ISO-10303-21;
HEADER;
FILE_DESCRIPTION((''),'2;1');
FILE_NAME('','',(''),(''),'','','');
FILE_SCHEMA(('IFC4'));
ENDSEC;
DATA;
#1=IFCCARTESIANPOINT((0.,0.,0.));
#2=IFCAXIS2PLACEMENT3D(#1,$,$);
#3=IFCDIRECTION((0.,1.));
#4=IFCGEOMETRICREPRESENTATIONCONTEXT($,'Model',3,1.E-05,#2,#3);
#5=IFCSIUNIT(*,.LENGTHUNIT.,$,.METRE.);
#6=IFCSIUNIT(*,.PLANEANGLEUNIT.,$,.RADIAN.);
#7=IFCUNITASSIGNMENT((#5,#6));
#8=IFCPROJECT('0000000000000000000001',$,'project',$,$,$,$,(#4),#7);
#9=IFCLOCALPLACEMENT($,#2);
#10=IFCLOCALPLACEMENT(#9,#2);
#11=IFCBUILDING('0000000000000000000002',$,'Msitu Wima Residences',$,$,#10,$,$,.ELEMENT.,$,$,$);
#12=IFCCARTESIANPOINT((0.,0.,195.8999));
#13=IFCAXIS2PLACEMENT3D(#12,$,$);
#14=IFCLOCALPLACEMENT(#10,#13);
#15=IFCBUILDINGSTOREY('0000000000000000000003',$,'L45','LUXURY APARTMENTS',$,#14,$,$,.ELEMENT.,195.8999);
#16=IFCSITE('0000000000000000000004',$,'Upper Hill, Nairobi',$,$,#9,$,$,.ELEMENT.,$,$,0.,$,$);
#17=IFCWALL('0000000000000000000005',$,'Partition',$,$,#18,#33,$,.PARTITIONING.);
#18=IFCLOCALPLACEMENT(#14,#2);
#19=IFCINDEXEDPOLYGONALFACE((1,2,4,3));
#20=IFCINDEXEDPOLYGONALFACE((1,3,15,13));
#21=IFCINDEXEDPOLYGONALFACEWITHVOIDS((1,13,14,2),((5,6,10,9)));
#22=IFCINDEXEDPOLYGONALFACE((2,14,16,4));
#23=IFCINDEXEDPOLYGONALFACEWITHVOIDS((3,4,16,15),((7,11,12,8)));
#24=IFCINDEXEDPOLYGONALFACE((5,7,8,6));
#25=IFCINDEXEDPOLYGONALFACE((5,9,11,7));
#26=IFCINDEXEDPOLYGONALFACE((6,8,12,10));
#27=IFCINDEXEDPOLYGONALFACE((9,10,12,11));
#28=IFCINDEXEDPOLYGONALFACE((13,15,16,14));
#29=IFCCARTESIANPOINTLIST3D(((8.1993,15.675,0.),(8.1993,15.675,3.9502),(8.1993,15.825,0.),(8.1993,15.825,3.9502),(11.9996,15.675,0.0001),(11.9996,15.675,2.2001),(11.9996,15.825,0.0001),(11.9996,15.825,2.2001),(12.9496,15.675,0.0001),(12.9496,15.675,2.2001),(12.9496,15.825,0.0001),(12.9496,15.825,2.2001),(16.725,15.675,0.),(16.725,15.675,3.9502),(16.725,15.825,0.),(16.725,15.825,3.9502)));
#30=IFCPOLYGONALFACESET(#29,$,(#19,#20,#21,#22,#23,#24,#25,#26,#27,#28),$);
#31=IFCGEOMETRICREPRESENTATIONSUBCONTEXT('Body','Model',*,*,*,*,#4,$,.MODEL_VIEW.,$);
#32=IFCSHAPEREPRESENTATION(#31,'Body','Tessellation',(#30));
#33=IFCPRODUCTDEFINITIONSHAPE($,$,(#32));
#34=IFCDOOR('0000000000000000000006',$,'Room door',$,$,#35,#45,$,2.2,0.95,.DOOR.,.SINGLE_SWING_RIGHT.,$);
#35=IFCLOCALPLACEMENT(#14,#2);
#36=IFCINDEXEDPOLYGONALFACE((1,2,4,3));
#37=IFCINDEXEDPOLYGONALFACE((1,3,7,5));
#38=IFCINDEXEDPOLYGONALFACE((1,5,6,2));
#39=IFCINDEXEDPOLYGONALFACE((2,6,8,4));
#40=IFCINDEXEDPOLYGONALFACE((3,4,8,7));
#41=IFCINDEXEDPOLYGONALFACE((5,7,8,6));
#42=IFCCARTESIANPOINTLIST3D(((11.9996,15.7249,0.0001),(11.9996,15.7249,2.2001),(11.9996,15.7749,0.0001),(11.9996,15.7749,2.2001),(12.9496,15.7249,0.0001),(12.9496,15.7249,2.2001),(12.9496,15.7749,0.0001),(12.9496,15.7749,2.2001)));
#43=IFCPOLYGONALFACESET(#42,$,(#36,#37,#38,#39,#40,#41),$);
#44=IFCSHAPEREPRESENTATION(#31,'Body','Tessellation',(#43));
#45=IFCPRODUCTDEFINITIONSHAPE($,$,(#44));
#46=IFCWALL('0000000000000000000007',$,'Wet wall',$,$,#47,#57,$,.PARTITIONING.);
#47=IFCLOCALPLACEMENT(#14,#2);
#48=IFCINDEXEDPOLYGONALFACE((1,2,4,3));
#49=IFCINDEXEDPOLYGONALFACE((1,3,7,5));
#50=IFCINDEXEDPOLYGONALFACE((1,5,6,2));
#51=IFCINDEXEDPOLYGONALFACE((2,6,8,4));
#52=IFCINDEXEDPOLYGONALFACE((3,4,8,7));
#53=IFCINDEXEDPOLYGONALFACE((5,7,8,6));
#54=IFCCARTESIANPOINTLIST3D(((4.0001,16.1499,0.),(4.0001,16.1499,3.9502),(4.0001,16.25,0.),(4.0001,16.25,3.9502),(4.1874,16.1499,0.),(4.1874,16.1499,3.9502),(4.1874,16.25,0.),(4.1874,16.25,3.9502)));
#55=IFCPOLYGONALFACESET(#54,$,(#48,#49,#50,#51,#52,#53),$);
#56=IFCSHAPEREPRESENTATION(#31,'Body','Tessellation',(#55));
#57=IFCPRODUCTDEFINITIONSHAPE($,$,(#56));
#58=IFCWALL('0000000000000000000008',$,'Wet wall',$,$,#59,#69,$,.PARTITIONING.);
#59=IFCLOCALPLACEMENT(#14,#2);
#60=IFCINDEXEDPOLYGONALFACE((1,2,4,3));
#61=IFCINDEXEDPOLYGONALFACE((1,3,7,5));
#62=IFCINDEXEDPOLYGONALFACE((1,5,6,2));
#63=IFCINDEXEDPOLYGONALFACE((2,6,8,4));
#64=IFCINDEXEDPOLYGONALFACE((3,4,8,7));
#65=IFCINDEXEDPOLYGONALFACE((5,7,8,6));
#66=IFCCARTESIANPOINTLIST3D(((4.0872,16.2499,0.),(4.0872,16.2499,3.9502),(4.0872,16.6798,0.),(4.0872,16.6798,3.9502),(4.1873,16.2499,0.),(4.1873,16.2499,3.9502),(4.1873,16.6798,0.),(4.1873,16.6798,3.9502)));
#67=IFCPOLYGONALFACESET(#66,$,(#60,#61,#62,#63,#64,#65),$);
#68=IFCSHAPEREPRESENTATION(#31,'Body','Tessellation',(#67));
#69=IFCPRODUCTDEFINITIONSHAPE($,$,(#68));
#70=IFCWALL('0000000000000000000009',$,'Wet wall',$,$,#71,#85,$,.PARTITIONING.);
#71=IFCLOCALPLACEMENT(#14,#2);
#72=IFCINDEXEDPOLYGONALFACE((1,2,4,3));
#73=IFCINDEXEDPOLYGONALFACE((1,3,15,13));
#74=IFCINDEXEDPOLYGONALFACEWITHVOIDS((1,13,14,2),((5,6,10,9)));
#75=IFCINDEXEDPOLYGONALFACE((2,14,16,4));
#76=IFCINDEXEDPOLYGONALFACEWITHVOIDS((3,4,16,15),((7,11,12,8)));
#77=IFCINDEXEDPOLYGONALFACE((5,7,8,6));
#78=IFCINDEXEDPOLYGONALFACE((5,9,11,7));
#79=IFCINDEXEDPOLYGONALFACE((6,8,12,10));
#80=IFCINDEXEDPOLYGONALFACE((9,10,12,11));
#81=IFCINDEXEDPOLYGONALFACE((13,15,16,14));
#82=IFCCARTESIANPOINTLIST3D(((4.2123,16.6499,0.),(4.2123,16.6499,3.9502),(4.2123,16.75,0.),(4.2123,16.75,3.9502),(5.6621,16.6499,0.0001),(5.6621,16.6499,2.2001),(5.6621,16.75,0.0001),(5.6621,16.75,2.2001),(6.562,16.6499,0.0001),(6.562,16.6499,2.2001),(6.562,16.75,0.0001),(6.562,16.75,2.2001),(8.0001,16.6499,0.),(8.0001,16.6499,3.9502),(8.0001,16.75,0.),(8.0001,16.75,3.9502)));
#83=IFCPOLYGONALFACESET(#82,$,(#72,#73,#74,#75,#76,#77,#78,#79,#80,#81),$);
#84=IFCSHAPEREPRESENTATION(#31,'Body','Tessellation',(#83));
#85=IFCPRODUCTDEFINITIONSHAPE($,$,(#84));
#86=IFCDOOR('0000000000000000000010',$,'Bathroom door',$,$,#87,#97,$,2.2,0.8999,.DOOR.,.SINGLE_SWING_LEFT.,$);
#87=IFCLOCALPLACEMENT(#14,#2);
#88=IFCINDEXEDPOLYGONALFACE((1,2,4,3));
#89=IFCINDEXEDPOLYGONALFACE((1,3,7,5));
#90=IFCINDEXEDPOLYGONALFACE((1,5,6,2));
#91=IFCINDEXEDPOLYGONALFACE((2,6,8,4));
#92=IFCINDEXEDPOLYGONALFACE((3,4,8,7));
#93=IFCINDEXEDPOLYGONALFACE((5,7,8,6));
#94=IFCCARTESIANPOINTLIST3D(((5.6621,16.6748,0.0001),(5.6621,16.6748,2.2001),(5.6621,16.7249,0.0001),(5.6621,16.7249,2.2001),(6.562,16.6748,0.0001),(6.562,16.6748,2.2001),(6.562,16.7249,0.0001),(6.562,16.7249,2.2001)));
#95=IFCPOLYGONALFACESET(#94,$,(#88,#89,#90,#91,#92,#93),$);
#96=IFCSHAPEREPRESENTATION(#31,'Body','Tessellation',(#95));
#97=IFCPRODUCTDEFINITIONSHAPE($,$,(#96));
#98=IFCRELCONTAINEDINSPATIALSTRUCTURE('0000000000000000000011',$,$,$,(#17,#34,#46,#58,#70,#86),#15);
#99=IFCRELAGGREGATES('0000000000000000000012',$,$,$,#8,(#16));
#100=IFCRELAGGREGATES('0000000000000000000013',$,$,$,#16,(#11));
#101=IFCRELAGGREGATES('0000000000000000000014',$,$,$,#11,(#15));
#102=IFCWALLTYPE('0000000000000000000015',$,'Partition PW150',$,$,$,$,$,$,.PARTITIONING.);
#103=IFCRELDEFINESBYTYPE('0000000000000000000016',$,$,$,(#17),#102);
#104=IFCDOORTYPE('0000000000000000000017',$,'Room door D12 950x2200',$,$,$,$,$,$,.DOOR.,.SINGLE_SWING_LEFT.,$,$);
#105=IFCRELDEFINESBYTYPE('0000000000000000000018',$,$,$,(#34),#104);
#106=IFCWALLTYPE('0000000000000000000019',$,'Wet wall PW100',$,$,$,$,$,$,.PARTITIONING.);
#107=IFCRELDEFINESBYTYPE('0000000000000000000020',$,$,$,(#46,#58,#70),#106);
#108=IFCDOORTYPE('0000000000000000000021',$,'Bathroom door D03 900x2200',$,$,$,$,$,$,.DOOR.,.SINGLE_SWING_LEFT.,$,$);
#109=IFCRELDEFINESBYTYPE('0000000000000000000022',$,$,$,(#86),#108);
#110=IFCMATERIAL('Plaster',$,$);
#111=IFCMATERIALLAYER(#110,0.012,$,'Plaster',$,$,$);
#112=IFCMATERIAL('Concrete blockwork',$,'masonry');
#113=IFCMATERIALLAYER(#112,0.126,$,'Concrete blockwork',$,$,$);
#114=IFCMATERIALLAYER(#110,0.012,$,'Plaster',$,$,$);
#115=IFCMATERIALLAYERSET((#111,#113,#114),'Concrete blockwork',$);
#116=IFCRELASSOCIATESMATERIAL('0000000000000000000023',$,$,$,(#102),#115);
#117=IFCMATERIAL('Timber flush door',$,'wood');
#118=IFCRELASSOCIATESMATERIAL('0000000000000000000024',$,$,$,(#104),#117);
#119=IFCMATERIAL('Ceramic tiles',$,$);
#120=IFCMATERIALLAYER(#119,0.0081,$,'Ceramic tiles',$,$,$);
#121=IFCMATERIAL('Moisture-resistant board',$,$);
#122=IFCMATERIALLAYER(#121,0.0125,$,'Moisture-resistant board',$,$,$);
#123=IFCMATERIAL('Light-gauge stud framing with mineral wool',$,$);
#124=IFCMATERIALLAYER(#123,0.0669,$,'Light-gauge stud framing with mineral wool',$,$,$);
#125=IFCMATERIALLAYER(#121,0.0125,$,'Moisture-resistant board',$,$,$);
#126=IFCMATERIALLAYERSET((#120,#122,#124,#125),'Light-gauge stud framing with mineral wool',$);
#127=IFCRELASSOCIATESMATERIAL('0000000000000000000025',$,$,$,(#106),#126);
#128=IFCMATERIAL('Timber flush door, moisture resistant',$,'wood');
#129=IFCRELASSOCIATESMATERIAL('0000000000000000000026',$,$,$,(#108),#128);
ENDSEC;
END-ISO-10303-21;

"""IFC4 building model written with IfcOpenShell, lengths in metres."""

from ifc_helpers import new_model, si_unit, direction, frame, frame_2d, origin, place, context, subcontext, project, spatial, rectangle, extrude, material, layer, layer_set, type_object, element, fill, save


model = new_model("IFC4")

# Units and contexts
model_context = context("Model", 3, precision=1e-05, world=origin(), true_north=direction((0.0, 1.0)))
body_context = subcontext(model_context, "Body", "Model", "MODEL_VIEW")
ifc_project = project(units=[si_unit("LENGTHUNIT", "METRE"), si_unit("PLANEANGLEUNIT", "RADIAN")], contexts=[model_context])

# Site, building, storey
site_placement = place(None, origin())
site = spatial("IfcSite", under=ifc_project, at=site_placement, Name="Upper Hill, Nairobi", CompositionType="ELEMENT", RefElevation=0.0)
building_placement = place(site_placement, origin())
building = spatial("IfcBuilding", under=site, at=building_placement, Name="Msitu Wima Residences", CompositionType="ELEMENT")
storey_placement = place(building_placement, frame((0.0, 0.0, 195.8999)))
storey = spatial("IfcBuildingStorey", under=building, at=storey_placement, Name="L45", Description="LUXURY APARTMENTS", CompositionType="ELEMENT", Elevation=195.8999)

# Shared definitions
ifc_material_1 = material(Name="Plaster")
ifc_layer_1 = layer(ifc_material_1, 0.012, Name="Plaster")
ifc_material_2 = material(Name="Concrete blockwork", Category="masonry")
ifc_layer_2 = layer(ifc_material_2, 0.126, Name="Concrete blockwork")
ifc_layer_3 = layer(ifc_material_1, 0.012, Name="Plaster")
ifc_layer_set_1 = layer_set([ifc_layer_1, ifc_layer_2, ifc_layer_3], Name="Concrete blockwork")
wall_type_1 = type_object("IfcWallType", Name="Partition PW150", PredefinedType="PARTITIONING", material=ifc_layer_set_1)
ifc_material_3 = material(Name="Timber flush door", Category="wood")
door_type_1 = type_object("IfcDoorType", Name="Room door D12 950x2200", OperationType="SINGLE_SWING_LEFT", PredefinedType="DOOR", material=ifc_material_3)

# Wall, opening, door
wall_1_placement = place(storey_placement, frame((8.1995, 15.75, 0.0), z_axis=(0.0, 0.0, 1.0), x_axis=(1.0, 0.0, 0.0)))
wall_1 = element("IfcWall", 1, at=wall_1_placement, inside=storey, type_object=wall_type_1, Name="Partition", PredefinedType="PARTITIONING", context=body_context, shape_type="SweptSolid", body=[
    extrude(rectangle(XDim=8.5256, YDim=0.1499, at=frame_2d((4.2627, 0.0))), origin(), (0.0, 0.0, 1.0), 3.9502),
])
opening_1_placement = place(wall_1_placement, frame((3.8, 0.0, 0.0)))
opening_1 = element("IfcOpeningElement", 2, at=opening_1_placement, cuts=wall_1, PredefinedType="OPENING", context=body_context, shape_type="SweptSolid", body=[
    extrude(rectangle(XDim=0.95, YDim=2.2, at=frame_2d((0.4751, 1.1001))), frame((0.0, 0.085, 0.0), z_axis=(0.0, -1.0, 0.0), x_axis=(1.0, 0.0, 0.0)), (0.0, 0.0, 1.0), 0.1699),
])
door_1_placement = place(opening_1_placement, origin())
door_1 = element("IfcDoor", 3, at=door_1_placement, inside=storey, type_object=door_type_1, Name="Room door", OperationType="SINGLE_SWING_RIGHT", OverallHeight=2.2, OverallWidth=0.95, PredefinedType="DOOR", context=body_context, shape_type="SweptSolid", body=[
    extrude(rectangle(XDim=0.95, YDim=2.2, at=frame_2d((0.4751, 1.1001))), frame((0.0, 0.0249, 0.0), z_axis=(0.0, -1.0, 0.0), x_axis=(1.0, 0.0, 0.0)), (0.0, 0.0, 1.0), 0.05),
])
fill(opening_1, door_1)

# Walls
ifc_material_4 = material(Name="Ceramic tiles")
ifc_layer_4 = layer(ifc_material_4, 0.0081, Name="Ceramic tiles")
ifc_material_5 = material(Name="Moisture-resistant board")
ifc_layer_5 = layer(ifc_material_5, 0.0125, Name="Moisture-resistant board")
ifc_material_6 = material(Name="Light-gauge stud framing with mineral wool")
ifc_layer_6 = layer(ifc_material_6, 0.0669, Name="Light-gauge stud framing with mineral wool")
ifc_layer_7 = layer(ifc_material_5, 0.0125, Name="Moisture-resistant board")
ifc_layer_set_2 = layer_set([ifc_layer_4, ifc_layer_5, ifc_layer_6, ifc_layer_7], Name="Light-gauge stud framing with mineral wool")
wall_type_2 = type_object("IfcWallType", Name="Wet wall PW100", PredefinedType="PARTITIONING", material=ifc_layer_set_2)
wall_2_placement = place(storey_placement, frame((4.0, 16.2, 0.0), z_axis=(0.0, 0.0, 1.0), x_axis=(1.0, 0.0, 0.0)))
element("IfcWall", 4, at=wall_2_placement, inside=storey, type_object=wall_type_2, Name="Wet wall", PredefinedType="PARTITIONING", context=body_context, shape_type="SweptSolid", body=[
    extrude(rectangle(XDim=0.1873, YDim=0.1001, at=frame_2d((0.0938, 0.0))), origin(), (0.0, 0.0, 1.0), 3.9502),
])
wall_3_placement = place(storey_placement, frame((4.1372, 16.25, 0.0), z_axis=(0.0, 0.0, 1.0), x_axis=(0.0, 1.0, 0.0)))
element("IfcWall", 5, at=wall_3_placement, inside=storey, type_object=wall_type_2, Name="Wet wall", PredefinedType="PARTITIONING", context=body_context, shape_type="SweptSolid", body=[
    extrude(rectangle(XDim=0.4299, YDim=0.1001, at=frame_2d((0.2148, 0.0))), origin(), (0.0, 0.0, 1.0), 3.9502),
])

# Wall, opening, door
wall_4_placement = place(storey_placement, frame((4.2122, 16.7, 0.0), z_axis=(0.0, 0.0, 1.0), x_axis=(1.0, 0.0, 0.0)))
wall_4 = element("IfcWall", 6, at=wall_4_placement, inside=storey, type_object=wall_type_2, Name="Wet wall", PredefinedType="PARTITIONING", context=body_context, shape_type="SweptSolid", body=[
    extrude(rectangle(XDim=3.7878, YDim=0.1001, at=frame_2d((1.894, 0.0))), origin(), (0.0, 0.0, 1.0), 3.9502),
])
opening_2_placement = place(wall_4_placement, frame((1.45, 0.0, 0.0)))
opening_2 = element("IfcOpeningElement", 7, at=opening_2_placement, cuts=wall_4, PredefinedType="OPENING", context=body_context, shape_type="SweptSolid", body=[
    extrude(rectangle(XDim=0.8999, YDim=2.2, at=frame_2d((0.45, 1.1001))), frame((0.0, 0.0601, 0.0), z_axis=(0.0, -1.0, 0.0), x_axis=(1.0, 0.0, 0.0)), (0.0, 0.0, 1.0), 0.1201),
])
ifc_material_7 = material(Name="Timber flush door, moisture resistant", Category="wood")
door_type_2 = type_object("IfcDoorType", Name="Bathroom door D03 900x2200", OperationType="SINGLE_SWING_LEFT", PredefinedType="DOOR", material=ifc_material_7)
door_2_placement = place(opening_2_placement, origin())
door_2 = element("IfcDoor", 8, at=door_2_placement, inside=storey, type_object=door_type_2, Name="Bathroom door", OperationType="SINGLE_SWING_LEFT", OverallHeight=2.2, OverallWidth=0.8999, PredefinedType="DOOR", context=body_context, shape_type="SweptSolid", body=[
    extrude(rectangle(XDim=0.8999, YDim=2.2, at=frame_2d((0.45, 1.1001))), frame((0.0, 0.0249, 0.0), z_axis=(0.0, -1.0, 0.0), x_axis=(1.0, 0.0, 0.0)), (0.0, 0.0, 1.0), 0.05),
])
fill(opening_2, door_2)

save(model, "model.ifc")
